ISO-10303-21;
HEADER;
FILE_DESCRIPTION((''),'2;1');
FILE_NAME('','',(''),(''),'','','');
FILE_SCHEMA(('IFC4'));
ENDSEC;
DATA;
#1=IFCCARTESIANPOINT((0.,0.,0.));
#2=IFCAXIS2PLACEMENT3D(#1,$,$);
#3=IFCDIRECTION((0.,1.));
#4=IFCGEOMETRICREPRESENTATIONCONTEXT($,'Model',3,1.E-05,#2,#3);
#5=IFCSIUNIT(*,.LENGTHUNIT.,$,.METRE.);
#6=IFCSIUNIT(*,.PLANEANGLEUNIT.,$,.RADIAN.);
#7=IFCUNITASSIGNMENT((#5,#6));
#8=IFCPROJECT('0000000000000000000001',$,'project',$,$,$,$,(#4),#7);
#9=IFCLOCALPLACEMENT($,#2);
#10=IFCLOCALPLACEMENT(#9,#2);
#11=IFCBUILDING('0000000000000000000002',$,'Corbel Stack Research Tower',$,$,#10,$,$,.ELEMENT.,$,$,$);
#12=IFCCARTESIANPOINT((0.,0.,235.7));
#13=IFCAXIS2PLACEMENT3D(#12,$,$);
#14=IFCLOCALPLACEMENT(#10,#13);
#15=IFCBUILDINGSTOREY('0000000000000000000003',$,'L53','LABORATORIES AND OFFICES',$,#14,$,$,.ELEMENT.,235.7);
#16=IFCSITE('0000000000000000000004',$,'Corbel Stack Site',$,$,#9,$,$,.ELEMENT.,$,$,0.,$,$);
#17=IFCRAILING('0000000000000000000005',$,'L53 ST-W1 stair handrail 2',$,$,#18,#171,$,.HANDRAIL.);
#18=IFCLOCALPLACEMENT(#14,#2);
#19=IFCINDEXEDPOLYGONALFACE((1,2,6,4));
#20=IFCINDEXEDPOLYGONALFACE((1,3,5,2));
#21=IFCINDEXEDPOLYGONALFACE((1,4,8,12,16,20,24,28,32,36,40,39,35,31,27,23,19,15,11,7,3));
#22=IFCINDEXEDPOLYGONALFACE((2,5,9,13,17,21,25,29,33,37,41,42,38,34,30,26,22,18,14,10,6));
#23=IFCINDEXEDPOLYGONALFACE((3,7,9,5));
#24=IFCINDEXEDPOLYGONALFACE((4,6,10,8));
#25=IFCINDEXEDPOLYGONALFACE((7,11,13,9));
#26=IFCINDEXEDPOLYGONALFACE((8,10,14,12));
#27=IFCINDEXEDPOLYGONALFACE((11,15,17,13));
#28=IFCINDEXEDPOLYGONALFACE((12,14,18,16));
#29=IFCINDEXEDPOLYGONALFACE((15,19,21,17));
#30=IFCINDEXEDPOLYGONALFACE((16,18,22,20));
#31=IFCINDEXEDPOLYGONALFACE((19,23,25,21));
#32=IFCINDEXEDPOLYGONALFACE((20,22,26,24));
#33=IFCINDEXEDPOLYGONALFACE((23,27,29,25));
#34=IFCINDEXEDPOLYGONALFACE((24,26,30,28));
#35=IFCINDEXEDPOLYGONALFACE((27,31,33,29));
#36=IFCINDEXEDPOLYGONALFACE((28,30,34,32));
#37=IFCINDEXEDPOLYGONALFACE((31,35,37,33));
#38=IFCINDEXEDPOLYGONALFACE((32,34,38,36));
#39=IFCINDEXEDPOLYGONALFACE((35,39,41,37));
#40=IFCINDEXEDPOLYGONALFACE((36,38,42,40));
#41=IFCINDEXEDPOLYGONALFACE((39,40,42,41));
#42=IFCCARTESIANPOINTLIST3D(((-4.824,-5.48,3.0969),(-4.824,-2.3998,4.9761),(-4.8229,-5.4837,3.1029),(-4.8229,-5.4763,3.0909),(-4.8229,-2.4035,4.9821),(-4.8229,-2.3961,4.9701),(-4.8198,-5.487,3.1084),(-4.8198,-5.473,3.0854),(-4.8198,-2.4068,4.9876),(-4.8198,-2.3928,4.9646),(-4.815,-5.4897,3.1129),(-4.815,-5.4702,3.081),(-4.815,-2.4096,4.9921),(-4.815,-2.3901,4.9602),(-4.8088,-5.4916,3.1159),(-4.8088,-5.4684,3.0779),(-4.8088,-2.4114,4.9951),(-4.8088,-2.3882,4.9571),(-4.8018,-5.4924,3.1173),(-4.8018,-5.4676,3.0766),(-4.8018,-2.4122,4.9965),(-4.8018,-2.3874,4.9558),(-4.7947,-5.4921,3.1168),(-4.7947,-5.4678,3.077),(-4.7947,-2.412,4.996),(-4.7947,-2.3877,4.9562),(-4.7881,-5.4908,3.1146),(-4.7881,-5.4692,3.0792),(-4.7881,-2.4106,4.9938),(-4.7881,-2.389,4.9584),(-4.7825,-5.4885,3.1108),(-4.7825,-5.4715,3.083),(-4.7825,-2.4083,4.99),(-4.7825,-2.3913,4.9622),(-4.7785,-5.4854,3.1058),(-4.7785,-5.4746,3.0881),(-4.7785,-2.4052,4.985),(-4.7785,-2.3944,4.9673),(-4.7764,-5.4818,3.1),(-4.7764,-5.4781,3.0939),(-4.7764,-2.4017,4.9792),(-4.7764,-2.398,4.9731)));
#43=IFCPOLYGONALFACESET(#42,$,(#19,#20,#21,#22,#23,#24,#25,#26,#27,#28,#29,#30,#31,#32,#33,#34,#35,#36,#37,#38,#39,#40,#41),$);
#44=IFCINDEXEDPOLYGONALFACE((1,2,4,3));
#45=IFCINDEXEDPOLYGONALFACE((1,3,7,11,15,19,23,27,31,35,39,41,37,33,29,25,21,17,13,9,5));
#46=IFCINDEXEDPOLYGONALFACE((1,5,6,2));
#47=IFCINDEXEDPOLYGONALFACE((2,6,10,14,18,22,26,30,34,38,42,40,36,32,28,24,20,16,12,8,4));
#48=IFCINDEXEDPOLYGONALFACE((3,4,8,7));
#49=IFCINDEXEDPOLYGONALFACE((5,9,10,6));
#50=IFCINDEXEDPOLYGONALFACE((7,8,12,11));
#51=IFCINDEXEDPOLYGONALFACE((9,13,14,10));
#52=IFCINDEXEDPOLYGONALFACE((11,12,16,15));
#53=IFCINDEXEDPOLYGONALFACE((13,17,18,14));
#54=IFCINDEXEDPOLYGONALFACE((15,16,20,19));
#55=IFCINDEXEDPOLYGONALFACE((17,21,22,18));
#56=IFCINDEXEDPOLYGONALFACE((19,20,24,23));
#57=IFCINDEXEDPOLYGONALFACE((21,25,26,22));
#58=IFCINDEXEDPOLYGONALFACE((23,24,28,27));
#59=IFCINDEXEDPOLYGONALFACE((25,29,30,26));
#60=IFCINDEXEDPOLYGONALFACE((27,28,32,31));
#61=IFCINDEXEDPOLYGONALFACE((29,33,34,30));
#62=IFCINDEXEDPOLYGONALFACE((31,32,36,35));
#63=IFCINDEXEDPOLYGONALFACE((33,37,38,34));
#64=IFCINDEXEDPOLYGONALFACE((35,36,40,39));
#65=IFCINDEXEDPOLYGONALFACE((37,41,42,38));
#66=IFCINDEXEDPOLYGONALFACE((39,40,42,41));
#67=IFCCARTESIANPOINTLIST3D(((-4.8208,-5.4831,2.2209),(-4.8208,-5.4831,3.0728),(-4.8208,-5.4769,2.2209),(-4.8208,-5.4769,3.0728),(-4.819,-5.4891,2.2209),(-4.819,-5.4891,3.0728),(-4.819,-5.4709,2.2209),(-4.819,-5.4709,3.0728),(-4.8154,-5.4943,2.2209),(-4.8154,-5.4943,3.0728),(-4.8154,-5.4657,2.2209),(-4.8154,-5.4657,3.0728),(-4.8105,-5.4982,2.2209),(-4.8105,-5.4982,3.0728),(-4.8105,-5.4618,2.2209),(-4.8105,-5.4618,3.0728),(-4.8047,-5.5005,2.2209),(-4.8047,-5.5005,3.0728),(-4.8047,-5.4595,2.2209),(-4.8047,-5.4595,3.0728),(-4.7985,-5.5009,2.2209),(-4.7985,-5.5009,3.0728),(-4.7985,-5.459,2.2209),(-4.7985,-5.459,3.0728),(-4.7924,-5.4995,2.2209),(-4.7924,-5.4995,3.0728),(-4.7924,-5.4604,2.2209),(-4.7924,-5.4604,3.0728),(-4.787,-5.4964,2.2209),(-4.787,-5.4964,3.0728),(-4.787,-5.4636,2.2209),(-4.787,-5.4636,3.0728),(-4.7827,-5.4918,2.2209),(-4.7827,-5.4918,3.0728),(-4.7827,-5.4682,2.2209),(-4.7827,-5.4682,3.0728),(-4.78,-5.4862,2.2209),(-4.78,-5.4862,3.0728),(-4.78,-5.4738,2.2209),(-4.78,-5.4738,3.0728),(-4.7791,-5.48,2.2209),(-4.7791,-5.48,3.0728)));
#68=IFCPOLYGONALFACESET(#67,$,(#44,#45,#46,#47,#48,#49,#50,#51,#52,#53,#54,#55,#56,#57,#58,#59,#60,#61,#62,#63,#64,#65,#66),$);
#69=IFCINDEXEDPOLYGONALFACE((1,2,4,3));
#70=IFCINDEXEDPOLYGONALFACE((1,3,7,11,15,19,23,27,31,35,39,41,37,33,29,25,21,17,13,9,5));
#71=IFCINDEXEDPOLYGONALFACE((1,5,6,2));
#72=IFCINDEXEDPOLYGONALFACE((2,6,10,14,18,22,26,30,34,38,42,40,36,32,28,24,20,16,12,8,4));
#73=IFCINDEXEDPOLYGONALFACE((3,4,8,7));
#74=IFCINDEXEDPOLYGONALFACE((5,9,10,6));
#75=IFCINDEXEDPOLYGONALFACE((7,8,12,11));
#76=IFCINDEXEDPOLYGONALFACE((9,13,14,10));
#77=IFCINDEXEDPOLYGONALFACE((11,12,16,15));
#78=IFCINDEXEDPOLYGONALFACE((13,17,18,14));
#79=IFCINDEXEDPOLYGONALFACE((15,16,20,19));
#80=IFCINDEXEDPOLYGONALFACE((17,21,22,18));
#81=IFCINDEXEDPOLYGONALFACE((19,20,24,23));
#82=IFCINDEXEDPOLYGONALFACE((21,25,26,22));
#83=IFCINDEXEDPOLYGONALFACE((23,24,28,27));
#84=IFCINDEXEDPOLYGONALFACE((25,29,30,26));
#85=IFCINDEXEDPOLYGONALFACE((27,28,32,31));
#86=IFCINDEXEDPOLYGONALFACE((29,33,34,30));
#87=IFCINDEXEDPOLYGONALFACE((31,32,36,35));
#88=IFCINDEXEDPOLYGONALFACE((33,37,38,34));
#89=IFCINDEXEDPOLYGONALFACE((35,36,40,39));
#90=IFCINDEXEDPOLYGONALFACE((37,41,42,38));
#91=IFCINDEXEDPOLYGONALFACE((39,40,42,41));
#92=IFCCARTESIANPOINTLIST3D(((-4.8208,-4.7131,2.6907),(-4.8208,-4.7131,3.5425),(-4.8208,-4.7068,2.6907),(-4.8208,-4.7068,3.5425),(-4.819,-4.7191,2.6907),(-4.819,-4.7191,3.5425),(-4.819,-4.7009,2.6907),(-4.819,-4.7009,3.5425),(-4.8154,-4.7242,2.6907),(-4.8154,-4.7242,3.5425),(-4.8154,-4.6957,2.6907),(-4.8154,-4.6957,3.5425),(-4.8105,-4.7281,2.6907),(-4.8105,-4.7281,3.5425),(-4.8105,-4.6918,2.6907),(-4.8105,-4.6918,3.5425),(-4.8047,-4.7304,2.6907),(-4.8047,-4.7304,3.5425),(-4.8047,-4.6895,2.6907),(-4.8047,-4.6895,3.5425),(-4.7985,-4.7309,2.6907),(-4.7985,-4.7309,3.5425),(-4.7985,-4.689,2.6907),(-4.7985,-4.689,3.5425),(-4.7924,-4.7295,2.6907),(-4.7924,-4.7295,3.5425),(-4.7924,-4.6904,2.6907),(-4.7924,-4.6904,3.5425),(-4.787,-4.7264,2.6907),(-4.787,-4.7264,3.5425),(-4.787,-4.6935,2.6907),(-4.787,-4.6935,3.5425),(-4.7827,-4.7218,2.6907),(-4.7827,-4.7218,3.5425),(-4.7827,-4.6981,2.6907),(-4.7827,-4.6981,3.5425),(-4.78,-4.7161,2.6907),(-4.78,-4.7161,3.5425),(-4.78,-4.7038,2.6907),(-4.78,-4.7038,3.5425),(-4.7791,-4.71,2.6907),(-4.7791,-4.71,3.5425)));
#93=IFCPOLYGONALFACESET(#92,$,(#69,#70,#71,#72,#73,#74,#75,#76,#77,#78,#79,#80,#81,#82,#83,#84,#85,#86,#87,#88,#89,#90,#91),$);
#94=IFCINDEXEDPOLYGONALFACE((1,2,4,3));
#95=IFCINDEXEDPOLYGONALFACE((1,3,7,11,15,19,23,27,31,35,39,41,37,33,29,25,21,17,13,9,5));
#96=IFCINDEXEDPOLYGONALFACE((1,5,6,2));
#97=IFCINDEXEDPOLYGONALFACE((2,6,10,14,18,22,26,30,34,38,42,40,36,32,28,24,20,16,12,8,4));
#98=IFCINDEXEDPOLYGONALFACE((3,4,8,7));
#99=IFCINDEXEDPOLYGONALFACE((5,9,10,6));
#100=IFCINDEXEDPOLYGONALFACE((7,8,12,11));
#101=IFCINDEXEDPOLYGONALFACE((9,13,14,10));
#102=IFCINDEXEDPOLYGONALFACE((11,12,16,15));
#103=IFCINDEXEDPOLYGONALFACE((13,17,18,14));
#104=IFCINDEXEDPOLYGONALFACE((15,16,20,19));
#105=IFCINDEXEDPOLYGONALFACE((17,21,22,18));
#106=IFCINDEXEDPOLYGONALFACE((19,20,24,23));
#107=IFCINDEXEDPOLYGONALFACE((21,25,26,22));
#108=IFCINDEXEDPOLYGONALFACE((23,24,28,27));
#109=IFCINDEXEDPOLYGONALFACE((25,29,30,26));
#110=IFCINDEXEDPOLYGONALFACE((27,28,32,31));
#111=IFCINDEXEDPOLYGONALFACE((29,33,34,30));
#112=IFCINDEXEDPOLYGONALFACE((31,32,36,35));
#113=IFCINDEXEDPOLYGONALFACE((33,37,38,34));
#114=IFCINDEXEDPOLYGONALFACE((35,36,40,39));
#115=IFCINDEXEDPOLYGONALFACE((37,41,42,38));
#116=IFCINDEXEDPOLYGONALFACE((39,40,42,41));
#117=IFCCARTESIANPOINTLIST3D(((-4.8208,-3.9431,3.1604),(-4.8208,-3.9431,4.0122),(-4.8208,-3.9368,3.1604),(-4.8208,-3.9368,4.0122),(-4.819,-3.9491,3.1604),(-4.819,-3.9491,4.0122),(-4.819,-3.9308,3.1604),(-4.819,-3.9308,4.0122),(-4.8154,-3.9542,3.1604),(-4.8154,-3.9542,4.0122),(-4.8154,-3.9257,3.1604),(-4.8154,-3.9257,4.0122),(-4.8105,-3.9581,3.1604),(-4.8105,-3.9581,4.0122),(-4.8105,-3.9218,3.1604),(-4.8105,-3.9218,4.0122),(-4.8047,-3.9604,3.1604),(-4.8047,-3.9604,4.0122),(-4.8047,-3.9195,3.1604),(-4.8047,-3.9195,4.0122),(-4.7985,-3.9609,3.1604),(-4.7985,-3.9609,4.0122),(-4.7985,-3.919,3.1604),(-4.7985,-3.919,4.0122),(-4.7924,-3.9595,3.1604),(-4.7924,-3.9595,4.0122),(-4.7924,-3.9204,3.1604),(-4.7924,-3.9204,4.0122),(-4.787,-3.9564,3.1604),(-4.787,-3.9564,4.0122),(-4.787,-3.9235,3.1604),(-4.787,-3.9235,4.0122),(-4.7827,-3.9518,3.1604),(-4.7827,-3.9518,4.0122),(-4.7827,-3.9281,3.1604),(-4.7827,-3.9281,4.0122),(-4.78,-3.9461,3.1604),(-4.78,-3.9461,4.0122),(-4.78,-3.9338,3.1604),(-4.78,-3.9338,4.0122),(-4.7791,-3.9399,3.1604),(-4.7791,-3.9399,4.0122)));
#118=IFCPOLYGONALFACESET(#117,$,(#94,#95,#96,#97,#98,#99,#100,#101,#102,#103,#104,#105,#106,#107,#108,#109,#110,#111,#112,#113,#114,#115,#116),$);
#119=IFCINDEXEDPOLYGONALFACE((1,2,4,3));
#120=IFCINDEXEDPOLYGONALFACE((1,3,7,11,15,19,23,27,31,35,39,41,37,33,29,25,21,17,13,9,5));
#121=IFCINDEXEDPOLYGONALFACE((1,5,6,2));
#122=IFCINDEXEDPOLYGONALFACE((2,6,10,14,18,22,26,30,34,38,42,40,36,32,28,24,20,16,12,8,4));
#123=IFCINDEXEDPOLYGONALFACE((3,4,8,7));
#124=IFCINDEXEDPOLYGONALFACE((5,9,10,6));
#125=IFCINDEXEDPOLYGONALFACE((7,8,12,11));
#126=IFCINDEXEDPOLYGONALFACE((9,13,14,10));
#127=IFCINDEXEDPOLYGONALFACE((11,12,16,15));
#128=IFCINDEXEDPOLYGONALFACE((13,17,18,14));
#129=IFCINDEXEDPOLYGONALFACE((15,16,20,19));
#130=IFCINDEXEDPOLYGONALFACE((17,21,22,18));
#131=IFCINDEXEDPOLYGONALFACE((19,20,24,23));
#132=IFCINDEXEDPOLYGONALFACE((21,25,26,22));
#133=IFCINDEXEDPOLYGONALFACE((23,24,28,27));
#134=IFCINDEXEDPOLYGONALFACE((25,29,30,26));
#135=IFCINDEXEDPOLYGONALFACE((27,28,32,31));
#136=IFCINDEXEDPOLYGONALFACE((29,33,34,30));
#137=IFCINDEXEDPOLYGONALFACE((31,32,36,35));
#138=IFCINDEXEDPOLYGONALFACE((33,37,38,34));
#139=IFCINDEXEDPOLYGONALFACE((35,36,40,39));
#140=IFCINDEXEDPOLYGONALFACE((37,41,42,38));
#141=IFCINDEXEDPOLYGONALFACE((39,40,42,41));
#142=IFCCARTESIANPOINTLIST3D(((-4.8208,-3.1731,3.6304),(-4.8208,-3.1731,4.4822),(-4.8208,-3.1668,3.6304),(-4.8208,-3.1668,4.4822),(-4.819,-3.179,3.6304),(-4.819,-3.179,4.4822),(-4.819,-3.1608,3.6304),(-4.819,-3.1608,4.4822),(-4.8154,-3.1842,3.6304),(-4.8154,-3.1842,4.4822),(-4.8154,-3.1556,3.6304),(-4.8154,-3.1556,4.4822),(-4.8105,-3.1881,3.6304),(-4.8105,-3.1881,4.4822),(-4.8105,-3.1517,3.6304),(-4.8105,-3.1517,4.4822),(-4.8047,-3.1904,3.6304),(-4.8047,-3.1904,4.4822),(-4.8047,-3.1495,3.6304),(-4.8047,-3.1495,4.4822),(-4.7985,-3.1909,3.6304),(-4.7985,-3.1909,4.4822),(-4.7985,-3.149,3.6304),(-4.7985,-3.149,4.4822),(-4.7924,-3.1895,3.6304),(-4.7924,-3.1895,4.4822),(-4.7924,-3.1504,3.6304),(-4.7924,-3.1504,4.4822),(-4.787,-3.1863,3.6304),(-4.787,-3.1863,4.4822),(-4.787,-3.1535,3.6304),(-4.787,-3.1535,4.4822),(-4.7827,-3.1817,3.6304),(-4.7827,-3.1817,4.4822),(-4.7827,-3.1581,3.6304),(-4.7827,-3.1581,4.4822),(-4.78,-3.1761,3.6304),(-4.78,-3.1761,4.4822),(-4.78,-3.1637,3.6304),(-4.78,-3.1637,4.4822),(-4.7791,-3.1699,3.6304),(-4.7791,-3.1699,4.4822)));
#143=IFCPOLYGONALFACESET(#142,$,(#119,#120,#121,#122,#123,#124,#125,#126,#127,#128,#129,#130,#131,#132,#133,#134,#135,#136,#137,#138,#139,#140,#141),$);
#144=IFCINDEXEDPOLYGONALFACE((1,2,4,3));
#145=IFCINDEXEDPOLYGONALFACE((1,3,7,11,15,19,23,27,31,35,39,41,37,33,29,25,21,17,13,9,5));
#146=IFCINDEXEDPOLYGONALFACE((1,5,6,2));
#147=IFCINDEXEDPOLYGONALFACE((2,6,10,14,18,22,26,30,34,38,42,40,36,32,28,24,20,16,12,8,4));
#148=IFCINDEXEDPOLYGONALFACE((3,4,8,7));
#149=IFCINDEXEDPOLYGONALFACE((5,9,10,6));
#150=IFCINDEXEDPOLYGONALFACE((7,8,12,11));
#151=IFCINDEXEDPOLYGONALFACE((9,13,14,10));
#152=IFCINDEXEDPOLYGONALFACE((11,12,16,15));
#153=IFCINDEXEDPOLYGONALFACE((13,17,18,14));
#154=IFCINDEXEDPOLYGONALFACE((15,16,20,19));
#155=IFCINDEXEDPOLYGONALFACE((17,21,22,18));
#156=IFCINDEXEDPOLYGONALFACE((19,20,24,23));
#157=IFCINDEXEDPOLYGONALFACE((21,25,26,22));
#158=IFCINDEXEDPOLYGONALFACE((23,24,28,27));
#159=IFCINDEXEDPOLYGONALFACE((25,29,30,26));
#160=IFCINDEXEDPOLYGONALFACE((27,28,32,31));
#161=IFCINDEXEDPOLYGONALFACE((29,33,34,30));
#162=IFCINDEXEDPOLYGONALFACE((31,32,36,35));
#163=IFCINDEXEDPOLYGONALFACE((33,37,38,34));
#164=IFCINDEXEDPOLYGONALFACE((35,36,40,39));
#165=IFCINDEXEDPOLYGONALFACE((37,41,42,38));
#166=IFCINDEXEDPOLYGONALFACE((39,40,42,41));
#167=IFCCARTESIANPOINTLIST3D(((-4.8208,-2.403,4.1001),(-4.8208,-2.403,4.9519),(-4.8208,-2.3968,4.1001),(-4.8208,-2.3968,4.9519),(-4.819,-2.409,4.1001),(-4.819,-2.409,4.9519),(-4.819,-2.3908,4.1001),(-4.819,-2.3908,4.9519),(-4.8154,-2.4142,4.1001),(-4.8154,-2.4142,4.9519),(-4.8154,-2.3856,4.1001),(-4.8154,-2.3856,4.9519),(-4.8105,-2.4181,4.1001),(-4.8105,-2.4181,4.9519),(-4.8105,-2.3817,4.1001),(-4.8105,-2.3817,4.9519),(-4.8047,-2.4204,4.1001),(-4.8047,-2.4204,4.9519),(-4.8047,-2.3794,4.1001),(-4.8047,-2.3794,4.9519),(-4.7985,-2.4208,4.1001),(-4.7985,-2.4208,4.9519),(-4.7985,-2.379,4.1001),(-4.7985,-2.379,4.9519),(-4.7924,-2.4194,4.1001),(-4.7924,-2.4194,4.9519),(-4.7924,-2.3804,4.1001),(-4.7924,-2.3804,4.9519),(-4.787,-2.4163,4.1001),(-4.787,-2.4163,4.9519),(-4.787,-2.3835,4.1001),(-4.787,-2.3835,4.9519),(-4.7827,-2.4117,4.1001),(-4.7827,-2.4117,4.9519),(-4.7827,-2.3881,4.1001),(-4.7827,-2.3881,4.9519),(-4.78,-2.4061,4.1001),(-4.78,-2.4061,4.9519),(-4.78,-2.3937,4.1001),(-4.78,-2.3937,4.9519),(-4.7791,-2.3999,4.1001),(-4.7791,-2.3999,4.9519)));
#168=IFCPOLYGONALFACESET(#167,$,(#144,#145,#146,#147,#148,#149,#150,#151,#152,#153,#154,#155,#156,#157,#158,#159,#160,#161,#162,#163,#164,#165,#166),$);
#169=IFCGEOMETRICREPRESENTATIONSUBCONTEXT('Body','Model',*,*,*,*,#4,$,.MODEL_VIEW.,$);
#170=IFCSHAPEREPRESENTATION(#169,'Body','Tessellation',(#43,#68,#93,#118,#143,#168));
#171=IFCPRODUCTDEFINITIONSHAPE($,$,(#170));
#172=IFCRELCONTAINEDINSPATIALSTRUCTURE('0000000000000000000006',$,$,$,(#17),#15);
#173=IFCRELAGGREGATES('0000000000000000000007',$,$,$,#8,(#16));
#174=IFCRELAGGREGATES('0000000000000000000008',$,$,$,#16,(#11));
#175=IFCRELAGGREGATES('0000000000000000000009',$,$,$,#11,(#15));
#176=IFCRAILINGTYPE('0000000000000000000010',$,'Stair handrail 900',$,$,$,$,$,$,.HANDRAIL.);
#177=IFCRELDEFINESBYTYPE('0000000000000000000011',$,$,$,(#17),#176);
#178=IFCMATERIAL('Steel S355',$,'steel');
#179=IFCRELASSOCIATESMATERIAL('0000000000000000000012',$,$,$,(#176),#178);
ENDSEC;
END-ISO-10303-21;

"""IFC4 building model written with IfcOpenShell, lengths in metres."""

from ifc_helpers import new_model, si_unit, direction, frame, origin, origin_2d, place, context, subcontext, project, spatial, circle, extrude, material, type_object, element, save


model = new_model("IFC4")

# Units and contexts
model_context = context("Model", 3, precision=1e-05, world=origin(), true_north=direction((0.0, 1.0)))
body_context = subcontext(model_context, "Body", "Model", "MODEL_VIEW")
ifc_project = project(units=[si_unit("LENGTHUNIT", "METRE"), si_unit("PLANEANGLEUNIT", "RADIAN")], contexts=[model_context])

# Site, building, storey
site_placement = place(None, origin())
site = spatial("IfcSite", under=ifc_project, at=site_placement, Name="Corbel Stack Site", CompositionType="ELEMENT", RefElevation=0.0)
building_placement = place(site_placement, origin())
building = spatial("IfcBuilding", under=site, at=building_placement, Name="Corbel Stack Research Tower", CompositionType="ELEMENT")
storey_placement = place(building_placement, frame((0.0, 0.0, 235.7)))
storey = spatial("IfcBuildingStorey", under=building, at=storey_placement, Name="L53", Description="LABORATORIES AND OFFICES", CompositionType="ELEMENT", Elevation=235.7)

# Railing
ifc_material_1 = material(Name="Steel S355", Category="steel")
railing_type_1 = type_object("IfcRailingType", Name="Stair handrail 900", PredefinedType="HANDRAIL", material=ifc_material_1)
railing_1_placement = place(storey_placement, frame((-4.8, -5.48, 2.2209)))
element("IfcRailing", 1, at=railing_1_placement, inside=storey, type_object=railing_type_1, Name="L53 ST-W1 stair handrail 2", PredefinedType="HANDRAIL", context=body_context, shape_type="SweptSolid", body=[
    extrude(circle(Radius=0.0239, at=origin_2d()), frame((0.0, 0.0, 0.876), z_axis=(0.0, 0.853666, 0.52082), x_axis=(-1.0, 0.0, 0.0)), (0.0, 0.0, 1.0), 3.6082),
    extrude(circle(Radius=0.021, at=origin_2d()), origin(), (0.0, 0.0, 1.0), 0.8518),
    extrude(circle(Radius=0.021, at=origin_2d()), frame((0.0, 0.77, 0.4697)), (0.0, 0.0, 1.0), 0.8518),
    extrude(circle(Radius=0.021, at=origin_2d()), frame((0.0, 1.54, 0.9395)), (0.0, 0.0, 1.0), 0.8518),
    extrude(circle(Radius=0.021, at=origin_2d()), frame((0.0, 2.3101, 1.4094)), (0.0, 0.0, 1.0), 0.8518),
    extrude(circle(Radius=0.021, at=origin_2d()), frame((0.0, 3.0801, 1.8792)), (0.0, 0.0, 1.0), 0.8518),
])

save(model, "model.ifc")
